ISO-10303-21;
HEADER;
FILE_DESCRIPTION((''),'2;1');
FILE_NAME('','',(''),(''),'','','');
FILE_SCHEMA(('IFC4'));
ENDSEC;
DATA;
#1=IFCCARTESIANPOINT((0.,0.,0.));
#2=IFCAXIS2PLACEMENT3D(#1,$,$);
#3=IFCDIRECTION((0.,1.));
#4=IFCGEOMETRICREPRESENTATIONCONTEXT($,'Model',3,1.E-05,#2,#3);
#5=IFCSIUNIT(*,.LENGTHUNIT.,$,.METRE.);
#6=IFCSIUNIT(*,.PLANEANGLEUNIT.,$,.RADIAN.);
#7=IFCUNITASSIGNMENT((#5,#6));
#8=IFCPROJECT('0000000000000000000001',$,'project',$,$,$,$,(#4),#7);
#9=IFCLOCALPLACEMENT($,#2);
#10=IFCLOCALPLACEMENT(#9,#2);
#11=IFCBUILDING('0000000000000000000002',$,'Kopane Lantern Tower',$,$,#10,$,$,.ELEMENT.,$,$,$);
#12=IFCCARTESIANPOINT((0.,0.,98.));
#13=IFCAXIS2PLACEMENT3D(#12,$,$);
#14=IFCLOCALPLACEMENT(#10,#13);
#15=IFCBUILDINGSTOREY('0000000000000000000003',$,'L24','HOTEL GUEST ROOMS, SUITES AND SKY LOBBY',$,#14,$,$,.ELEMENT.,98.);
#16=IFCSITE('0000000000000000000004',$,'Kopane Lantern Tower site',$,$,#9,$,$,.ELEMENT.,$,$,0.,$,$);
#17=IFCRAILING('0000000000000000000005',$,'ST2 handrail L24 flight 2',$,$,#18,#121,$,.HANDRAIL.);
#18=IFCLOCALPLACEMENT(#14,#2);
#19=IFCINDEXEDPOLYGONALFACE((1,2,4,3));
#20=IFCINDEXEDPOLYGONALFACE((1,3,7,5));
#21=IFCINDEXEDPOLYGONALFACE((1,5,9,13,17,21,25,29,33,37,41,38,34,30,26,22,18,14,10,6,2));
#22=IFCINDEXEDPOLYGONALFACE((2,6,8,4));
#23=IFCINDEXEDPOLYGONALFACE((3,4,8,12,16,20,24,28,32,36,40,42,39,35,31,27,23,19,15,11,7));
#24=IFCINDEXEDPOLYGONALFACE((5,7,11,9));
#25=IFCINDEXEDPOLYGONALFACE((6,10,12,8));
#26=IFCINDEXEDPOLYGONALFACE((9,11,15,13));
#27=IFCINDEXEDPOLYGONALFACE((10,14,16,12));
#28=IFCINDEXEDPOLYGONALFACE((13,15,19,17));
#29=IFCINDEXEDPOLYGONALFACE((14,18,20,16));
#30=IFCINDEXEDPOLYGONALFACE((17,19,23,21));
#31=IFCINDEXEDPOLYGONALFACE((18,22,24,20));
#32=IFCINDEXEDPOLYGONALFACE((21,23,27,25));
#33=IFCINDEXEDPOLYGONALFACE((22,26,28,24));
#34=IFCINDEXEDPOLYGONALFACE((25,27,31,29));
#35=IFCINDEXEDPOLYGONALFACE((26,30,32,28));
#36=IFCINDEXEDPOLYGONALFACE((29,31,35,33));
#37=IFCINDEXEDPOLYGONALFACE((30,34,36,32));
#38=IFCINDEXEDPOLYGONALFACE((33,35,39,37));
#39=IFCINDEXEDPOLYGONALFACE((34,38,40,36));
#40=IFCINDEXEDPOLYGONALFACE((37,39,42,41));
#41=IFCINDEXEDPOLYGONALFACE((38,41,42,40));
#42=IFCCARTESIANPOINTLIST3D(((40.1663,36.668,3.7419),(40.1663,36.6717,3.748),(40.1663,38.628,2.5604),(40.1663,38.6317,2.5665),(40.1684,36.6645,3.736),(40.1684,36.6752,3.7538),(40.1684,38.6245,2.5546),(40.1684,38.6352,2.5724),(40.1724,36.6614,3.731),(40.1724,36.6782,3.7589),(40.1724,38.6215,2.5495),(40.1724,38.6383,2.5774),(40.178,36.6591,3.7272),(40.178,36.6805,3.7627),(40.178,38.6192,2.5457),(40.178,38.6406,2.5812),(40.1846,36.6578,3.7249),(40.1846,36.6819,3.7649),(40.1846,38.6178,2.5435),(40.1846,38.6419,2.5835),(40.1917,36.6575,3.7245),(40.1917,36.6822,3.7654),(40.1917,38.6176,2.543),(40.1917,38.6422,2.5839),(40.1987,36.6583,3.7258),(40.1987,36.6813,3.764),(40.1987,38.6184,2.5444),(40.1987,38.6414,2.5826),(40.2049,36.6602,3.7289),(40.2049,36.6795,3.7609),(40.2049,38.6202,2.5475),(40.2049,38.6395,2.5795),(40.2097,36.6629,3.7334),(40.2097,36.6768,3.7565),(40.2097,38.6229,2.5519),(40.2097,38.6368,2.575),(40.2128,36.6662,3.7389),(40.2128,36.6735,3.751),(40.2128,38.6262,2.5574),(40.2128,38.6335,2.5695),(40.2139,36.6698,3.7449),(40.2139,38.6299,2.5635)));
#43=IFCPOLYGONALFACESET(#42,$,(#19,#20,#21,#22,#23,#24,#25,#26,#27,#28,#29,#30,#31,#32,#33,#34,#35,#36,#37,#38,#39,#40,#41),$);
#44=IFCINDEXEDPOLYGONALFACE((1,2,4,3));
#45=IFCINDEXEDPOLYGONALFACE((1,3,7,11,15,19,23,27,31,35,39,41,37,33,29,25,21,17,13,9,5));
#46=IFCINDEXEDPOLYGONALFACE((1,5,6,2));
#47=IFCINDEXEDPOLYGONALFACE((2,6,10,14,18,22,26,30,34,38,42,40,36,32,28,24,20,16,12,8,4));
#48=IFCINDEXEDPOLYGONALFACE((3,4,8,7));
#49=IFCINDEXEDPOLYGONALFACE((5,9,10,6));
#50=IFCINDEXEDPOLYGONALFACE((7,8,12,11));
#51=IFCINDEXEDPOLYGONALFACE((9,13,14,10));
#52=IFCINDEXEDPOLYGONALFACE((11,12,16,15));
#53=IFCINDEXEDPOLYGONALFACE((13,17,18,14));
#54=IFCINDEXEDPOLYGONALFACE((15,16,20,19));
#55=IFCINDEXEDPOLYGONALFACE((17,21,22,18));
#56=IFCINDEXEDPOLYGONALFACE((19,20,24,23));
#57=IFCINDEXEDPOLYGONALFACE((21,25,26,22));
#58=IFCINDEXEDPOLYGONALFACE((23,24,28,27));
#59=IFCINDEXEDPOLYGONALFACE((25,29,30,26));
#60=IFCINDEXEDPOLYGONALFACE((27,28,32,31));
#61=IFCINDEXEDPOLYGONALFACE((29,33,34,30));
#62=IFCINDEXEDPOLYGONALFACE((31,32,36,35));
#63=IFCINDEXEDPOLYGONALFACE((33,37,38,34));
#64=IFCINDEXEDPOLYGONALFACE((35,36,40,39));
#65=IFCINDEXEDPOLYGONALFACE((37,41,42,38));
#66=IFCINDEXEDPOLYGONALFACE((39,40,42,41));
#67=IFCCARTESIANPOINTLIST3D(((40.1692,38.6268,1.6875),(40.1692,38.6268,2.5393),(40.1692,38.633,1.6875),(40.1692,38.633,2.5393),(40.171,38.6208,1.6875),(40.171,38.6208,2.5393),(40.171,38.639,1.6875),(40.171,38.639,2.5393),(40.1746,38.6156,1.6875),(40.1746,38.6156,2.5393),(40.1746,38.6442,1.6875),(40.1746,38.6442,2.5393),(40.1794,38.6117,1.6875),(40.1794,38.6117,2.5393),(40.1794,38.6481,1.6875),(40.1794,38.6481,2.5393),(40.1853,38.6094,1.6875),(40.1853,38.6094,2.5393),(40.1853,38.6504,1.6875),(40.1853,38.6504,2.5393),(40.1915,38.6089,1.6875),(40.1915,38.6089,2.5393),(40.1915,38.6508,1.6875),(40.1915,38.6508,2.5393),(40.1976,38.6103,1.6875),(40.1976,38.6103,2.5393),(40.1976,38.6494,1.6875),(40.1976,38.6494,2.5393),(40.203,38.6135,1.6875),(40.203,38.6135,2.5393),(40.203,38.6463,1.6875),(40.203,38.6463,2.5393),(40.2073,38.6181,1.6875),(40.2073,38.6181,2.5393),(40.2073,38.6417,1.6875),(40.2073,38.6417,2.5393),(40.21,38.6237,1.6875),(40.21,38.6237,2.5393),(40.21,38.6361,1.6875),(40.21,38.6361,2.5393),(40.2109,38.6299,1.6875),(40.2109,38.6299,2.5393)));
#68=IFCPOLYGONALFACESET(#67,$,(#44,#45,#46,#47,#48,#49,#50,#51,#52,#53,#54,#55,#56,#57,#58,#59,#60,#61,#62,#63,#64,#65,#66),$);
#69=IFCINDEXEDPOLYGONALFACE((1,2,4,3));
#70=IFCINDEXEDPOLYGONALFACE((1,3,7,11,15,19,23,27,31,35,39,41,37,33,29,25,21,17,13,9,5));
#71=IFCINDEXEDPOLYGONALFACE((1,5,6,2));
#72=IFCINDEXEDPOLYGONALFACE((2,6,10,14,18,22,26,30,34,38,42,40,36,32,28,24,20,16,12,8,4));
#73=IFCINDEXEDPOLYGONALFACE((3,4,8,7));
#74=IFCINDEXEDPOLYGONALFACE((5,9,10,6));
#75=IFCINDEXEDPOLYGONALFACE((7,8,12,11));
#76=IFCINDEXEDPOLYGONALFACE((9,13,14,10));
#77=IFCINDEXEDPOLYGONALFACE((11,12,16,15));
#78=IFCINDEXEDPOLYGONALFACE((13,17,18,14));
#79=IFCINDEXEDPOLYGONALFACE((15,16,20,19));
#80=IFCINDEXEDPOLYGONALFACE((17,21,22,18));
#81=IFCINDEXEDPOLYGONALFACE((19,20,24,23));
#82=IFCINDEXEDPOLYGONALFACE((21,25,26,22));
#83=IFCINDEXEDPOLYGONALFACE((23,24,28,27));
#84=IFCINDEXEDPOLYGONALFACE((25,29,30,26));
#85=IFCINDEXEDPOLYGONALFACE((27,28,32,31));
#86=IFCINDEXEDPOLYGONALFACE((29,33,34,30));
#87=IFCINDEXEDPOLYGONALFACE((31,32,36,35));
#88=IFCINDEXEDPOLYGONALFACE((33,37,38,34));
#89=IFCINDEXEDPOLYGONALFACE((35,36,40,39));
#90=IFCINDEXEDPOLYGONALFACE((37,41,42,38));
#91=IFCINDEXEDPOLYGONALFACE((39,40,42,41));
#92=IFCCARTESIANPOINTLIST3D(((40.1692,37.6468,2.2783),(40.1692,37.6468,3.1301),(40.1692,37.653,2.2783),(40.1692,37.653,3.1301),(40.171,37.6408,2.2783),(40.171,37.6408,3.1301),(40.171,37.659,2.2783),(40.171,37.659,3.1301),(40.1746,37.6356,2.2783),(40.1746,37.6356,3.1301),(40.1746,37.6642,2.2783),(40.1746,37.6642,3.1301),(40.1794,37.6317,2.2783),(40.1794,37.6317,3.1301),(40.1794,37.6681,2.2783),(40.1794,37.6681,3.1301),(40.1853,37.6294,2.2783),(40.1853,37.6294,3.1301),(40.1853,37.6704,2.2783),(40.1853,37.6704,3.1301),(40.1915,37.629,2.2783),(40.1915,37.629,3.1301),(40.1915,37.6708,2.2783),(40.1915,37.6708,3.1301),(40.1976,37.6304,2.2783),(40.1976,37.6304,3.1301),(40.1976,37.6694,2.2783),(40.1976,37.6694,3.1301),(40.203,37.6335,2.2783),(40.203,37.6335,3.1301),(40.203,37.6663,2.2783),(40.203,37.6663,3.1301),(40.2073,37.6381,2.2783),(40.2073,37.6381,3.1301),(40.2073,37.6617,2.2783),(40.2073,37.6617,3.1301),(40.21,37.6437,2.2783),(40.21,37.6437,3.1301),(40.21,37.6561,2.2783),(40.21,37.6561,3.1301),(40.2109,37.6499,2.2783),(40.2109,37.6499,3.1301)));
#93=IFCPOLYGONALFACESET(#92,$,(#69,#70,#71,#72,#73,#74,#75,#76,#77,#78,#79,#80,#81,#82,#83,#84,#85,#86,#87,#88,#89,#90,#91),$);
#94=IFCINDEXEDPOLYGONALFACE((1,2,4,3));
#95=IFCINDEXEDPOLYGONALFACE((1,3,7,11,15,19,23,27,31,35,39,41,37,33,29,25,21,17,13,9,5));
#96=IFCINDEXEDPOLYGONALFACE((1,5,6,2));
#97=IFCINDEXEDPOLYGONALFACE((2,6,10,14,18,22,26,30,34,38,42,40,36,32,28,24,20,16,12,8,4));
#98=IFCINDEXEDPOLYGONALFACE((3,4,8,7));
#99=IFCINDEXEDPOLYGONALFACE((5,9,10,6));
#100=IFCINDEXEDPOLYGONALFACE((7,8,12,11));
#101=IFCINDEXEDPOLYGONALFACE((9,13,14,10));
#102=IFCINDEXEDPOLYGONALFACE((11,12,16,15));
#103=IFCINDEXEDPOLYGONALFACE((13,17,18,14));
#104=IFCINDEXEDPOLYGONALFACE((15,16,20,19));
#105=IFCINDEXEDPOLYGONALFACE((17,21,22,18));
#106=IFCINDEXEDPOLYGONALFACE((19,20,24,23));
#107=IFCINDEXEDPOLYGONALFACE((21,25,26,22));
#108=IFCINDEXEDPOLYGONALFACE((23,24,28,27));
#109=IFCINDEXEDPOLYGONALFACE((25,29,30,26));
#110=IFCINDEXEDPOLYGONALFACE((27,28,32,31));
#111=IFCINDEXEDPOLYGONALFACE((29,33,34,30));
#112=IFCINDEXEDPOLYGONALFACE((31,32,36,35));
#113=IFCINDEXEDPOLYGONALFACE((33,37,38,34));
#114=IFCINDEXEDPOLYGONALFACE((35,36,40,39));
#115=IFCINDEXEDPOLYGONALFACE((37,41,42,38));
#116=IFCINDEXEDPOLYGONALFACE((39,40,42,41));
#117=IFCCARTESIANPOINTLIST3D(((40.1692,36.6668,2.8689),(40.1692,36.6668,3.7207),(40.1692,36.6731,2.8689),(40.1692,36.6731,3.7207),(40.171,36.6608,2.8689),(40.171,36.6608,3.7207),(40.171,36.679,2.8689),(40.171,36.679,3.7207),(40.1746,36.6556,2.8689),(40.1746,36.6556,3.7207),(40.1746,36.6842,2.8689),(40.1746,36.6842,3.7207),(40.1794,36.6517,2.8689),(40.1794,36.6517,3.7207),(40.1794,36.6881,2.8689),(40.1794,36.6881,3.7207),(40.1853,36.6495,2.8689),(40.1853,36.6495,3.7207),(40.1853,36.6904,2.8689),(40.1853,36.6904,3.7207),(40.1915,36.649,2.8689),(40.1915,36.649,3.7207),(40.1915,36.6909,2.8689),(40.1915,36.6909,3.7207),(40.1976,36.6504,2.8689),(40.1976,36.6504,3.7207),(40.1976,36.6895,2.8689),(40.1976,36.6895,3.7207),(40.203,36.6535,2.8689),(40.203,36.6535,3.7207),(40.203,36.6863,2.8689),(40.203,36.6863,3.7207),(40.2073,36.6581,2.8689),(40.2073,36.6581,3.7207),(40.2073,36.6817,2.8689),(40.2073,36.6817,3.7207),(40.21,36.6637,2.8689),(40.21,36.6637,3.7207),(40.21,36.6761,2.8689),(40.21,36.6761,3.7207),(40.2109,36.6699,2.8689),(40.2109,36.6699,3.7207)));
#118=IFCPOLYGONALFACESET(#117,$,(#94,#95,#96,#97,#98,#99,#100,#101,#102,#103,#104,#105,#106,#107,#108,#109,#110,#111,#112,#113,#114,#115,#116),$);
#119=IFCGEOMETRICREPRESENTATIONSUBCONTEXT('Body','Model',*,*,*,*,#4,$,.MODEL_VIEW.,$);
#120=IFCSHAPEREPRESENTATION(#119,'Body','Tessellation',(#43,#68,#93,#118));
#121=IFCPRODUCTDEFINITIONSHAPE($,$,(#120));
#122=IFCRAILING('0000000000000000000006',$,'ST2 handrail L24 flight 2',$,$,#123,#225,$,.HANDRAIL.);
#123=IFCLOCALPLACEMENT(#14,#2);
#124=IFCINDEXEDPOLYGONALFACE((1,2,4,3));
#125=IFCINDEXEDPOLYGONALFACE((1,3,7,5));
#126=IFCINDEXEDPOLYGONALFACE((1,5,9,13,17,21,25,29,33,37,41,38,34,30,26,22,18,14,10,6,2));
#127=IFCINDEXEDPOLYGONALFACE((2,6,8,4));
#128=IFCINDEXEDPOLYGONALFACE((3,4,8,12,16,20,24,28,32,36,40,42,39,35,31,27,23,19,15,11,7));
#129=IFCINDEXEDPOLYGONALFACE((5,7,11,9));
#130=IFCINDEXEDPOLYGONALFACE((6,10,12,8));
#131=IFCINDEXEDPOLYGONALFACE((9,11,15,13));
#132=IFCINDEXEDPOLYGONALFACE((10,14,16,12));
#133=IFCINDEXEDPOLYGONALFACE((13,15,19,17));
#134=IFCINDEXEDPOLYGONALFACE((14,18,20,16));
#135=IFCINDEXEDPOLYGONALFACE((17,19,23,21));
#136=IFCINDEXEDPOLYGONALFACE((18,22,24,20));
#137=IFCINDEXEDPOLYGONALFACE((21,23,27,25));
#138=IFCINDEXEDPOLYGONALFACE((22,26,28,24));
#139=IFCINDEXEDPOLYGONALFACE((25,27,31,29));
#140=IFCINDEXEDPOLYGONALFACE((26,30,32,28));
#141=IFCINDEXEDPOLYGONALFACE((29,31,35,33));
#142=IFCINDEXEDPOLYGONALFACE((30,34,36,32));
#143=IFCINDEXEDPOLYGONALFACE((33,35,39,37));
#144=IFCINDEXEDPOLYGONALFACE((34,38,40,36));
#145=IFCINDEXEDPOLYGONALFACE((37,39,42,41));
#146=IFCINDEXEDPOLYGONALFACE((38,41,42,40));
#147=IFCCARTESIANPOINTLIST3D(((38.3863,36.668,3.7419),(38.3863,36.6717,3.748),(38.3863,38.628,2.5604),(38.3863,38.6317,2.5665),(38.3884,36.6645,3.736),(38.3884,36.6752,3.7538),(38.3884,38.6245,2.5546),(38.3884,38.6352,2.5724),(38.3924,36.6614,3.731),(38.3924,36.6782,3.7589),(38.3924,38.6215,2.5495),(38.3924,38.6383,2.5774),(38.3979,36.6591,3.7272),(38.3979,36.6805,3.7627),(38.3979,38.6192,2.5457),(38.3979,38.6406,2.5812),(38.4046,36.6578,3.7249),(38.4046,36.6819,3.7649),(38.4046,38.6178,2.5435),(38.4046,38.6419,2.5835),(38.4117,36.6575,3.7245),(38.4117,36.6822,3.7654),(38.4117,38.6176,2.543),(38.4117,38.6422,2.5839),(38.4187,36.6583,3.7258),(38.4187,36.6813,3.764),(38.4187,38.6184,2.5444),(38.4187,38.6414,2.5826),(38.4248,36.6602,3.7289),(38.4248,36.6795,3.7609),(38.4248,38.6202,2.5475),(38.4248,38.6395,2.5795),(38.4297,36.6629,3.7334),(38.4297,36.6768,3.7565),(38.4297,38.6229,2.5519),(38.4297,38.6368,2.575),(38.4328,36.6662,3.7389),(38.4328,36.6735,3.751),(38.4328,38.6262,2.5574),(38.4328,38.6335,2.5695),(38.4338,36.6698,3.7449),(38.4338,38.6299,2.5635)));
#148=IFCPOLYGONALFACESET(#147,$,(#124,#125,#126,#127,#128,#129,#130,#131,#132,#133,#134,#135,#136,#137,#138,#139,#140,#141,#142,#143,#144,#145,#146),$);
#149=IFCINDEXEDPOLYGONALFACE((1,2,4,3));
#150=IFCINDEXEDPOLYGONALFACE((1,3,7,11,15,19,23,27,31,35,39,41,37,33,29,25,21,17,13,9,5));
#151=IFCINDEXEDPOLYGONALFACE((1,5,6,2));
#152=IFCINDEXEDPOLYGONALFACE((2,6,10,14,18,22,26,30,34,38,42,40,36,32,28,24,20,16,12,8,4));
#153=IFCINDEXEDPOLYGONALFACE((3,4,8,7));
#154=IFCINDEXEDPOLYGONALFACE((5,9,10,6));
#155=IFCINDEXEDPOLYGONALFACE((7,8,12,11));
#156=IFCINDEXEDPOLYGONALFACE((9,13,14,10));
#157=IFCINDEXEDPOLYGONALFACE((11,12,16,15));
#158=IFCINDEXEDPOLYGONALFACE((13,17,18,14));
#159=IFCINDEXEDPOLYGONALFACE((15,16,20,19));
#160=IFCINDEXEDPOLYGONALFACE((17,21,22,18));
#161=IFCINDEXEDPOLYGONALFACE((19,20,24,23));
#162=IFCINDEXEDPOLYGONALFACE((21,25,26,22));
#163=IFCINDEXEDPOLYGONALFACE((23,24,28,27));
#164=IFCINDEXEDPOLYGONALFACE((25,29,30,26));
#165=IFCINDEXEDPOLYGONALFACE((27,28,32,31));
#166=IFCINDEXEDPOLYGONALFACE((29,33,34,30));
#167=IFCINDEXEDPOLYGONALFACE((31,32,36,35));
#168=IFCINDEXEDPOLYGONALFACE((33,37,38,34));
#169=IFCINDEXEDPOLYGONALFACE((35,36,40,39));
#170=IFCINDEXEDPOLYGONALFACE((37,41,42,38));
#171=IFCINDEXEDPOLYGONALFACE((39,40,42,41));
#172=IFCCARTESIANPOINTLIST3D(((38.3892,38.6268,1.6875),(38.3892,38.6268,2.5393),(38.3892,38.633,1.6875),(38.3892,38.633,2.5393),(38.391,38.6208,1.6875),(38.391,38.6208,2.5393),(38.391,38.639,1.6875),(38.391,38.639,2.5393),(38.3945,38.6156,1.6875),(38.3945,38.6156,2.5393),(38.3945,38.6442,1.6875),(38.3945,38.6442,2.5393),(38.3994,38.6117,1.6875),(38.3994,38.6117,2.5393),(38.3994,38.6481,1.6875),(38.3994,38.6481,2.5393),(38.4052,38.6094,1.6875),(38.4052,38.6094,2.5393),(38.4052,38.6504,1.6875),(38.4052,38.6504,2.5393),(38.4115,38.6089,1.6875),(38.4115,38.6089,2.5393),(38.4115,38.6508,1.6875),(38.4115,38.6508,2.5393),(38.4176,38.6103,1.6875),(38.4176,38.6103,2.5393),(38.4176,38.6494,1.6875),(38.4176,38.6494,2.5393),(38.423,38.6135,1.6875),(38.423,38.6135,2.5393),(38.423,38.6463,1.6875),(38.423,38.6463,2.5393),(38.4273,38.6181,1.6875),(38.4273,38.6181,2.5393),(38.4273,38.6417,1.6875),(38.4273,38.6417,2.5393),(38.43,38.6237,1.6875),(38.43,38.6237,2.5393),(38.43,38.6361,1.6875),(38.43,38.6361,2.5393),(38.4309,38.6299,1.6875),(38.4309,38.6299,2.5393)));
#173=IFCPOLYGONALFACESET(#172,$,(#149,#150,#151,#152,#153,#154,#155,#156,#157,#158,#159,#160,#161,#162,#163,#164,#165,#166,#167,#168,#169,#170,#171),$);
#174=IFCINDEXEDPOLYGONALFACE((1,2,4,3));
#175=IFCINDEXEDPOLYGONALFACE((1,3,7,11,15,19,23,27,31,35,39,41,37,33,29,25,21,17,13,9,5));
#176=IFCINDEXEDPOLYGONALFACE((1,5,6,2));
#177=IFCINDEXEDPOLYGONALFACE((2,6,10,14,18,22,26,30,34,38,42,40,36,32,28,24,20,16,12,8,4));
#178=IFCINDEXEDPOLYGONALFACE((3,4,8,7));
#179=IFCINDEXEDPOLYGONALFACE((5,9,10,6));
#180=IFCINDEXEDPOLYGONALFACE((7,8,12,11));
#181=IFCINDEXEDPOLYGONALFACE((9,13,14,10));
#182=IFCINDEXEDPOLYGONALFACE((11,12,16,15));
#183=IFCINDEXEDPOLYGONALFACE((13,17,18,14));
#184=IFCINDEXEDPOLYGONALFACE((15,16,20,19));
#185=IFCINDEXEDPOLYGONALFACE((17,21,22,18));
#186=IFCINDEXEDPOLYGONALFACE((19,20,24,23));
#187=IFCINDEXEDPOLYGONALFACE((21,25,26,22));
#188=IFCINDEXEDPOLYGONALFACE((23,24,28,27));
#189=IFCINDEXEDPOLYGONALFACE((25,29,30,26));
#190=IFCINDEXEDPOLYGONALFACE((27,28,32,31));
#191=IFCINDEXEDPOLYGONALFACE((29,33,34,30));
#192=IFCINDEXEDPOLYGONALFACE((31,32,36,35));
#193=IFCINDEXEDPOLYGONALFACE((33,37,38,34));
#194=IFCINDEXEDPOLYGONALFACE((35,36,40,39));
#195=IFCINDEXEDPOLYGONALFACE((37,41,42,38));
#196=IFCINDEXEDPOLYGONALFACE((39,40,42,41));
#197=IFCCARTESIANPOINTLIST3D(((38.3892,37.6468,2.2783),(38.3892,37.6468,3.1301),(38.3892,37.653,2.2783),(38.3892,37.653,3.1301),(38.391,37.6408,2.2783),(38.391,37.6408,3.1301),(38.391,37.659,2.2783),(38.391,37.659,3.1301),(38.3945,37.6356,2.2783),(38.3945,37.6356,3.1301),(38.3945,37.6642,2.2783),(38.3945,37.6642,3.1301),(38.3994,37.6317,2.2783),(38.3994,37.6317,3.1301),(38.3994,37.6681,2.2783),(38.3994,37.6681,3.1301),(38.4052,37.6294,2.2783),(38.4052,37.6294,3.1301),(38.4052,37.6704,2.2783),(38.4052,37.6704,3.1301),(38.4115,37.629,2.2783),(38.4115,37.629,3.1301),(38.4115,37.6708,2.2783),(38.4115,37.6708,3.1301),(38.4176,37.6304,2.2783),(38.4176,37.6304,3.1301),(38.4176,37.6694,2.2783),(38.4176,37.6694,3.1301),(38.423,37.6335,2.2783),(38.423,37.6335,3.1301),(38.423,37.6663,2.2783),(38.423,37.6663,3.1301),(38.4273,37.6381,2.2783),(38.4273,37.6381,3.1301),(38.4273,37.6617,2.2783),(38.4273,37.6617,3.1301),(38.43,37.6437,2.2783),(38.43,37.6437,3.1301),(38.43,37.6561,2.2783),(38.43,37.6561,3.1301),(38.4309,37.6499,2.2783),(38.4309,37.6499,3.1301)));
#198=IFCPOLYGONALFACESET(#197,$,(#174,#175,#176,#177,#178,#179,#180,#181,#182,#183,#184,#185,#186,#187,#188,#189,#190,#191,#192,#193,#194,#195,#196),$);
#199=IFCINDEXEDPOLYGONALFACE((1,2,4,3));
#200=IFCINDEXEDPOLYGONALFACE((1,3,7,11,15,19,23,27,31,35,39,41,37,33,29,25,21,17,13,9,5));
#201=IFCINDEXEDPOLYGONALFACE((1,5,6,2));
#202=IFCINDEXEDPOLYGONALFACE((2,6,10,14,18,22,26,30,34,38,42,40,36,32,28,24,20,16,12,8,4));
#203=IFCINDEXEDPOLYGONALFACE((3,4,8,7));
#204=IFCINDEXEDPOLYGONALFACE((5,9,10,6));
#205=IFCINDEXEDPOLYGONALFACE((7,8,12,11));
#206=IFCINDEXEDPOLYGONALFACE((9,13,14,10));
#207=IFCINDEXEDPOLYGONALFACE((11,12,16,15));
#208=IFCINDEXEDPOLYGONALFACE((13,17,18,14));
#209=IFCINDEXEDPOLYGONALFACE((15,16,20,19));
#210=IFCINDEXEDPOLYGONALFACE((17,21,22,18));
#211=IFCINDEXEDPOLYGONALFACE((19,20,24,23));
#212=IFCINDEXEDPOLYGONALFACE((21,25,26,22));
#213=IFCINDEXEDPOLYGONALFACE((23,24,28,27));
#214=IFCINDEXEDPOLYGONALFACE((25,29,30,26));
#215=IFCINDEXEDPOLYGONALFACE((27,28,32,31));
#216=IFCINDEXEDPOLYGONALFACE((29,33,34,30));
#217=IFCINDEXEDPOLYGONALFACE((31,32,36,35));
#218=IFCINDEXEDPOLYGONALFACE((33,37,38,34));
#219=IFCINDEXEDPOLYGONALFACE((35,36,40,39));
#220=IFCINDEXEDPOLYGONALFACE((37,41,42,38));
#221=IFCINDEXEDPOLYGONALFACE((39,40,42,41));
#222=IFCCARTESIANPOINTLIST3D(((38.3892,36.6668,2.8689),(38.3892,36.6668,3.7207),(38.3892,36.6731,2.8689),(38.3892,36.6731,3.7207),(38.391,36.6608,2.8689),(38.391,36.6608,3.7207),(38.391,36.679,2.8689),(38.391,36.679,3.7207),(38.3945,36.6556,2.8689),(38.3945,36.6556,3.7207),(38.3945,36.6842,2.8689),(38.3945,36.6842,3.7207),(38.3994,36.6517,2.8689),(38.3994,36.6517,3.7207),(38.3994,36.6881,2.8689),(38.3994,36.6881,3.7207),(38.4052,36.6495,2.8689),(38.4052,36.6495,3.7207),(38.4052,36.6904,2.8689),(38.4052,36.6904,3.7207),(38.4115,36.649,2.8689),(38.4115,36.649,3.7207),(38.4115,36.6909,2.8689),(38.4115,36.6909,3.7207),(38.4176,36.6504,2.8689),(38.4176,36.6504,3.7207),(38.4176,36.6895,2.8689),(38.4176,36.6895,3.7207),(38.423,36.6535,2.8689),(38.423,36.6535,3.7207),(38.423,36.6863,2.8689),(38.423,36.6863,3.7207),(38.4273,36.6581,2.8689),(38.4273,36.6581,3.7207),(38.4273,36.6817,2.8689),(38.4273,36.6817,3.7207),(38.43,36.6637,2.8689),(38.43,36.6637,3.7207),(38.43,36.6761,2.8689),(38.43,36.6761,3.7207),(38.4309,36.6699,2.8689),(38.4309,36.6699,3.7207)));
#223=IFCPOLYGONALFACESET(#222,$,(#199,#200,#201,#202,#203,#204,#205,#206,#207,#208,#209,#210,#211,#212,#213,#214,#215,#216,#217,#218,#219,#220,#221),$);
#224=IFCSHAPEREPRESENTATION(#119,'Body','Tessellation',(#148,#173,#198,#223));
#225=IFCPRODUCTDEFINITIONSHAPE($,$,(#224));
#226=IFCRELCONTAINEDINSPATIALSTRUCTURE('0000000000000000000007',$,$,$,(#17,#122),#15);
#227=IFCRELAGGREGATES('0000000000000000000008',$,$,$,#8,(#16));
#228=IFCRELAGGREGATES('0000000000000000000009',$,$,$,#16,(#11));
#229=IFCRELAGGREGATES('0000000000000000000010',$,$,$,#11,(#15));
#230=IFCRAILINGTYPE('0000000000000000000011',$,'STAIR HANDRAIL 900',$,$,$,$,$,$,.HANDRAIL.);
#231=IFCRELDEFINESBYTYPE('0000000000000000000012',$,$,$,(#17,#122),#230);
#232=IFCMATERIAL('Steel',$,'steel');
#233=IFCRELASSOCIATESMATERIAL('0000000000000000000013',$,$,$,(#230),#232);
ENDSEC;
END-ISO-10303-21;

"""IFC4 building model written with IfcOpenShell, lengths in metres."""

from ifc_helpers import new_model, si_unit, direction, frame, origin, origin_2d, place, context, subcontext, project, spatial, circle, extrude, material, type_object, element, save


model = new_model("IFC4")

# Units and contexts
model_context = context("Model", 3, precision=1e-05, world=origin(), true_north=direction((0.0, 1.0)))
body_context = subcontext(model_context, "Body", "Model", "MODEL_VIEW")
ifc_project = project(units=[si_unit("LENGTHUNIT", "METRE"), si_unit("PLANEANGLEUNIT", "RADIAN")], contexts=[model_context])

# Site, building, storey
site_placement = place(None, origin())
site = spatial("IfcSite", under=ifc_project, at=site_placement, Name="Kopane Lantern Tower site", CompositionType="ELEMENT", RefElevation=0.0)
building_placement = place(site_placement, origin())
building = spatial("IfcBuilding", under=site, at=building_placement, Name="Kopane Lantern Tower", CompositionType="ELEMENT")
storey_placement = place(building_placement, frame((0.0, 0.0, 98.0)))
storey = spatial("IfcBuildingStorey", under=building, at=storey_placement, Name="L24", Description="HOTEL GUEST ROOMS, SUITES AND SKY LOBBY", CompositionType="ELEMENT", Elevation=98.0)

# Railings
ifc_material_1 = material(Name="Steel", Category="steel")
railing_type_1 = type_object("IfcRailingType", Name="STAIR HANDRAIL 900", PredefinedType="HANDRAIL", material=ifc_material_1)
for number, where, name in (
    (1, (40.1899, 38.6299, 1.6875), "ST2 handrail L24 flight 2"),
    (2, (38.4099, 38.6299, 1.6875), "ST2 handrail L24 flight 2"),
):
    element("IfcRailing", number, at=place(storey_placement, frame(where)), inside=storey, type_object=railing_type_1, Name=name, PredefinedType="HANDRAIL", context=body_context, shape_type="SweptSolid", body=[
        extrude(circle(Radius=0.0239, at=origin_2d()), frame((0.0, 0.0, 0.876), z_axis=(0.0, -0.856446, 0.516236), x_axis=(1.0, 0.0, 0.0)), (0.0, 0.0, 1.0), 2.2886),
        extrude(circle(Radius=0.021, at=origin_2d()), origin(), (0.0, 0.0, 1.0), 0.8518),
        extrude(circle(Radius=0.021, at=origin_2d()), frame((0.0, -0.98, 0.5908)), (0.0, 0.0, 1.0), 0.8518),
        extrude(circle(Radius=0.021, at=origin_2d()), frame((0.0, -1.96, 1.1814)), (0.0, 0.0, 1.0), 0.8518),
    ])

save(model, "model.ifc")
